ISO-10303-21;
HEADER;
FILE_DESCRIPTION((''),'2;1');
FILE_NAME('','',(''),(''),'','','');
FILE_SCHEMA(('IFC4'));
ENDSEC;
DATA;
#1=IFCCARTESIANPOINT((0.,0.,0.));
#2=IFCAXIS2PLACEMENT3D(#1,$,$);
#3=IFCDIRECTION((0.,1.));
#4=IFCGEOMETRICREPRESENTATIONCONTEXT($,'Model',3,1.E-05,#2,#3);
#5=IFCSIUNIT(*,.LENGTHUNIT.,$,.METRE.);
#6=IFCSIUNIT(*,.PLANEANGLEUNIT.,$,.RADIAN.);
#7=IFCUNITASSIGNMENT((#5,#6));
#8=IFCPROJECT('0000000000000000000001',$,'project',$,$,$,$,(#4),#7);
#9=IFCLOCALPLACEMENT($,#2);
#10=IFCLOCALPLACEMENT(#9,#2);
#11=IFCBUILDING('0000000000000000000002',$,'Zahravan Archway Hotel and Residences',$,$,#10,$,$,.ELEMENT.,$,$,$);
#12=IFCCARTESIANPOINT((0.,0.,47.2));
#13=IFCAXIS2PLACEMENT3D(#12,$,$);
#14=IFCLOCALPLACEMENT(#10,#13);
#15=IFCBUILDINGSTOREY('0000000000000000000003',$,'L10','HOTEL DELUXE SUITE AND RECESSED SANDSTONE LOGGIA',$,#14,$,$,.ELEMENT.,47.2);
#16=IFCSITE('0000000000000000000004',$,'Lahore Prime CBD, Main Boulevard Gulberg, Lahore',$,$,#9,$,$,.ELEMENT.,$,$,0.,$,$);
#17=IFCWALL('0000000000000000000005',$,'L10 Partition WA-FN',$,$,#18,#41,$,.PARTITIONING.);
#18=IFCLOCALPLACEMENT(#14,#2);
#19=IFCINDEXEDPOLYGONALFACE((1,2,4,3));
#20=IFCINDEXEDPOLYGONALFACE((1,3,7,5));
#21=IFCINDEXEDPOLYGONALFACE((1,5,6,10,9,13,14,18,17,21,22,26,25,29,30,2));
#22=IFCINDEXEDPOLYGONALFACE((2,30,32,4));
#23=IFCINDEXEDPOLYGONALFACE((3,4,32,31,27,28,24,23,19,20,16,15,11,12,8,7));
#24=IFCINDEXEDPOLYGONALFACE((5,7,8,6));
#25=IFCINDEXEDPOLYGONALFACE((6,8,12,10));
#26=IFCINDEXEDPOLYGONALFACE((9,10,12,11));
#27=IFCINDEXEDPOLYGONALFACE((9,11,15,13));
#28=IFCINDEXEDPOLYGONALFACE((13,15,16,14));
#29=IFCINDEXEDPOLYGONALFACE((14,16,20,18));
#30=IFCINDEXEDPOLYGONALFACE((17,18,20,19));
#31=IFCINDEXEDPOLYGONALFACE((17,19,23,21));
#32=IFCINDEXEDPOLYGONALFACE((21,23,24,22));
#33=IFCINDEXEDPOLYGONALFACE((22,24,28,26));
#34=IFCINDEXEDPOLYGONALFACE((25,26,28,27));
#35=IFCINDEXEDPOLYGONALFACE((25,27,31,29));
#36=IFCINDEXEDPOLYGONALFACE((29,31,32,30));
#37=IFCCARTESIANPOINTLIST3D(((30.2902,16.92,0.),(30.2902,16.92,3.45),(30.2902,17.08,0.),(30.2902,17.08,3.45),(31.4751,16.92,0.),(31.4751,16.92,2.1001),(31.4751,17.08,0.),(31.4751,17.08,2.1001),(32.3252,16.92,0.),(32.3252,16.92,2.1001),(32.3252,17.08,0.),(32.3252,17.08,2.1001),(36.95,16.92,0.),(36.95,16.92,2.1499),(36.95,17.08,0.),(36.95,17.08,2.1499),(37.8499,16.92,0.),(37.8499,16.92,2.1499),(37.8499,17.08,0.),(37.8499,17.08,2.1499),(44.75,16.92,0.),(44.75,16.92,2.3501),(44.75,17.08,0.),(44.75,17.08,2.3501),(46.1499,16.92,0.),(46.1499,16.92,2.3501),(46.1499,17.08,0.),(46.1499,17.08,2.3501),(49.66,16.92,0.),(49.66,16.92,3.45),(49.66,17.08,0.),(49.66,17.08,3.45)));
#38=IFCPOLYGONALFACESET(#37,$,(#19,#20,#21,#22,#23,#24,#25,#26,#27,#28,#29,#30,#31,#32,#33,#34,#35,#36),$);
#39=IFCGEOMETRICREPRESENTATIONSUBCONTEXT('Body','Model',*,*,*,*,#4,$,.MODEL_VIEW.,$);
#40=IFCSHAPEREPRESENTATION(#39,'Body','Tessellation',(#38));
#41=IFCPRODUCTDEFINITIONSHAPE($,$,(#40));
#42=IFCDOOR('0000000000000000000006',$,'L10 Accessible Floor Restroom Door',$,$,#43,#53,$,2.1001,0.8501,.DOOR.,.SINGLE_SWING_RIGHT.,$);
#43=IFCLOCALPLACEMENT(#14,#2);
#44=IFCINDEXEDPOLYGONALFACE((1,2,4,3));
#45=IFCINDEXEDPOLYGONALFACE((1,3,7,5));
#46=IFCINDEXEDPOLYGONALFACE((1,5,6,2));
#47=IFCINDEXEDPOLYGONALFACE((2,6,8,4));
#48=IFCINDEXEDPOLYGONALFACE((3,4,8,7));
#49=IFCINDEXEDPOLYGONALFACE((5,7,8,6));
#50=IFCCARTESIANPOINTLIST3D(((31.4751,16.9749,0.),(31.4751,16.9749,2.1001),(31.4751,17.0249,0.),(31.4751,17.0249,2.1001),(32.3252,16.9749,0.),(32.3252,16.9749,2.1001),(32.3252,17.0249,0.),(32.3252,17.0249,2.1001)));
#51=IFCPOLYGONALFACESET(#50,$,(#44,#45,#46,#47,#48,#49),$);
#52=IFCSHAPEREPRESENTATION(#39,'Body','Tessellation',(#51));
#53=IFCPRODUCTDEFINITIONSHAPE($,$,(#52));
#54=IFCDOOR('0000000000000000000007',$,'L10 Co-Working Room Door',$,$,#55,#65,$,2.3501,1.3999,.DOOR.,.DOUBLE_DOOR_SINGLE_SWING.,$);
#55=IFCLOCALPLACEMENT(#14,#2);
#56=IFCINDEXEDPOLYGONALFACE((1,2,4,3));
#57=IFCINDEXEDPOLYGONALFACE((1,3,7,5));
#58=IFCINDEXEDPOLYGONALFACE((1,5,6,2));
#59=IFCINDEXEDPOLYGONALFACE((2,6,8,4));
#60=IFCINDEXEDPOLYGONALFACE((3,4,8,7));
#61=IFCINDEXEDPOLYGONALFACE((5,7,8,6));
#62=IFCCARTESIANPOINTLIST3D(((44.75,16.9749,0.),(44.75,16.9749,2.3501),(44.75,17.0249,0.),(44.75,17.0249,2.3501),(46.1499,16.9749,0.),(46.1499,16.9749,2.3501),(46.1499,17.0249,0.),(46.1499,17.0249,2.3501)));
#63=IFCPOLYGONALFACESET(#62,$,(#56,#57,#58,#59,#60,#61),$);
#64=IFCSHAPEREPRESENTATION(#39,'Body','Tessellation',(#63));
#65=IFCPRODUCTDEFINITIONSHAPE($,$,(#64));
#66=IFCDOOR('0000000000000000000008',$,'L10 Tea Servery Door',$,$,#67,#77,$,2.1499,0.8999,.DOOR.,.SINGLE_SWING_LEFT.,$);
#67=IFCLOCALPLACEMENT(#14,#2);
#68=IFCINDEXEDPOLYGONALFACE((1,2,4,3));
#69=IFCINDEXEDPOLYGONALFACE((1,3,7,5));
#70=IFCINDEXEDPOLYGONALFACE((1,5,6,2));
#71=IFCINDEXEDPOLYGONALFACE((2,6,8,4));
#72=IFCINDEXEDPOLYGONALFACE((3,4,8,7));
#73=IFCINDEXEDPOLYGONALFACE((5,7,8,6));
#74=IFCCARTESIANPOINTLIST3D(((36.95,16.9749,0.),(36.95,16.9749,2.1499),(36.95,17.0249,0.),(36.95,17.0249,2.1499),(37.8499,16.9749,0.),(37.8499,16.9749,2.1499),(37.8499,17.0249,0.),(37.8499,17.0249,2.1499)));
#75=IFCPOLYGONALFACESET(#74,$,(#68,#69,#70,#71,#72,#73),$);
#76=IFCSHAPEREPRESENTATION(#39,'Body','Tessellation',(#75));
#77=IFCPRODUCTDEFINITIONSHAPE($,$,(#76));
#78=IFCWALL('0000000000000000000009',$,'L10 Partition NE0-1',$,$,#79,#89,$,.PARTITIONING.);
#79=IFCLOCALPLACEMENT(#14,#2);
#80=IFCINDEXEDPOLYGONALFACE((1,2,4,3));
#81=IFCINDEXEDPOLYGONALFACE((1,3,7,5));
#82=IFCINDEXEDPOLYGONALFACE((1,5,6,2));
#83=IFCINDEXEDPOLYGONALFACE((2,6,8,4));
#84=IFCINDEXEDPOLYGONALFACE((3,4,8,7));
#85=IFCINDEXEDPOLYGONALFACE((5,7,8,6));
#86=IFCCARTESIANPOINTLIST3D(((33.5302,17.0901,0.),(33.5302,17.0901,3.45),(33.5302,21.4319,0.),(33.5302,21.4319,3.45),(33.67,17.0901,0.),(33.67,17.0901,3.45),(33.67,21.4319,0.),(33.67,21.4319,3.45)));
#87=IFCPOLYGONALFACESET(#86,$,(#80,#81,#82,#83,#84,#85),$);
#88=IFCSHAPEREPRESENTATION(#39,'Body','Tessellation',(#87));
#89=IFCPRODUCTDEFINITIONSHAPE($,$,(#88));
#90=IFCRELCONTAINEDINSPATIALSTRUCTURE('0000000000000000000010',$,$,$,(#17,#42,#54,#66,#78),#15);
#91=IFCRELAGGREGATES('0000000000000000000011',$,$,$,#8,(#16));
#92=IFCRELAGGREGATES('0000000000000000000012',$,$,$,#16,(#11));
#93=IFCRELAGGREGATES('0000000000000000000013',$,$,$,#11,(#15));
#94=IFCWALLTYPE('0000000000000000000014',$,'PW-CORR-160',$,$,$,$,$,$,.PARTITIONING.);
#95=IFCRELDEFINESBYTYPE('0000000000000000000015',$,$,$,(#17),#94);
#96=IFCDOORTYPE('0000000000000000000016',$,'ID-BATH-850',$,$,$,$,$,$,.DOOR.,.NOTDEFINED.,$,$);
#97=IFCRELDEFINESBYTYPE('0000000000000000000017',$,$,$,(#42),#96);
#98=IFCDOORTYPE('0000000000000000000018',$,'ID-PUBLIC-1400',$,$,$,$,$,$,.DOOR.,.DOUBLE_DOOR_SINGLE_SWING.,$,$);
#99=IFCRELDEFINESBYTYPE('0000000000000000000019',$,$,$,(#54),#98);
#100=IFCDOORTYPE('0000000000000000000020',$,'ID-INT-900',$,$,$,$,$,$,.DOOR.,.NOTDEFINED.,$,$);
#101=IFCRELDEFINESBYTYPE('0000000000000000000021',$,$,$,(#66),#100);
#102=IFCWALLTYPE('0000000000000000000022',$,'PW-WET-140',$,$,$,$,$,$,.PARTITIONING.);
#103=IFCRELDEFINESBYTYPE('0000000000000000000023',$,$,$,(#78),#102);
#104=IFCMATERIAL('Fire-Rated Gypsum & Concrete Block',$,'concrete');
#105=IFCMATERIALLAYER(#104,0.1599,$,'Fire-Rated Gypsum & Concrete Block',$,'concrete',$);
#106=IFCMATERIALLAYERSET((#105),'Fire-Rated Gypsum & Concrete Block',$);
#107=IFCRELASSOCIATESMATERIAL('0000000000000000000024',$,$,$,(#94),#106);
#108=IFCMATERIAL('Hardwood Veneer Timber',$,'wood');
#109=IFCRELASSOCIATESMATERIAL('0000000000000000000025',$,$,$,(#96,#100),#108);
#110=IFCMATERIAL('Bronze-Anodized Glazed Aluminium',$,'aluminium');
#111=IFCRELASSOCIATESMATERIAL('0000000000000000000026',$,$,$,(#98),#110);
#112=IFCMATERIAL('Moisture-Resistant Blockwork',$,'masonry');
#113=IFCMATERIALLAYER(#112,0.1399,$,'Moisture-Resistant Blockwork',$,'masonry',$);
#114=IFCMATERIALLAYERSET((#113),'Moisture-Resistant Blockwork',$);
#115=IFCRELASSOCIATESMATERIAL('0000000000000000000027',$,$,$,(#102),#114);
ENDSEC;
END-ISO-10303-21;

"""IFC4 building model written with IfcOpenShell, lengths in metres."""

from ifc_helpers import new_model, si_unit, direction, frame, frame_2d, origin, place, context, subcontext, project, spatial, rectangle, extrude, source, transform, mapped, material, layer, layer_set, type_object, type_shapes, element, fill, save


model = new_model("IFC4")

# Units and contexts
model_context = context("Model", 3, precision=1e-05, world=origin(), true_north=direction((0.0, 1.0)))
body_context = subcontext(model_context, "Body", "Model", "MODEL_VIEW")
ifc_project = project(units=[si_unit("LENGTHUNIT", "METRE"), si_unit("PLANEANGLEUNIT", "RADIAN")], contexts=[model_context])

# Site, building, storey
site_placement = place(None, origin())
site = spatial("IfcSite", under=ifc_project, at=site_placement, Name="Lahore Prime CBD, Main Boulevard Gulberg, Lahore", CompositionType="ELEMENT", RefElevation=0.0)
building_placement = place(site_placement, origin())
building = spatial("IfcBuilding", under=site, at=building_placement, Name="Zahravan Archway Hotel and Residences", CompositionType="ELEMENT")
storey_placement = place(building_placement, frame((0.0, 0.0, 47.2)))
storey = spatial("IfcBuildingStorey", under=building, at=storey_placement, Name="L10", Description="HOTEL DELUXE SUITE AND RECESSED SANDSTONE LOGGIA", CompositionType="ELEMENT", Elevation=47.2)

# Shared definitions
ifc_material_1 = material(Name="Bronze-Anodized Glazed Aluminium", Category="aluminium")

# Wall, openings, doors
ifc_material_2 = material(Name="Fire-Rated Gypsum & Concrete Block", Category="concrete")
ifc_layer_1 = layer(ifc_material_2, 0.1599, Name="Fire-Rated Gypsum & Concrete Block", Category="concrete")
ifc_layer_set_1 = layer_set([ifc_layer_1], Name="Fire-Rated Gypsum & Concrete Block")
wall_type_1 = type_object("IfcWallType", Name="PW-CORR-160", PredefinedType="PARTITIONING", material=ifc_layer_set_1)
wall_1_placement = place(storey_placement, frame((30.29, 17.0, 0.0), z_axis=(0.0, 0.0, 1.0), x_axis=(1.0, 0.0, 0.0)))
wall_1 = element("IfcWall", 1, at=wall_1_placement, inside=storey, type_object=wall_type_1, Name="L10 Partition WA-FN", PredefinedType="PARTITIONING", context=body_context, shape_type="SweptSolid", body=[
    extrude(rectangle(XDim=19.3699, YDim=0.1599, at=frame_2d((9.6851, 0.0))), origin(), (0.0, 0.0, 1.0), 3.45),
])
opening_1_placement = place(wall_1_placement, frame((1.1851, 0.0, 0.0)))
opening_1 = element("IfcOpeningElement", 2, at=opening_1_placement, cuts=wall_1, PredefinedType="OPENING", context=body_context, shape_type="SweptSolid", body=[
    extrude(rectangle(XDim=0.8501, YDim=2.1001, at=frame_2d((0.425, 1.05))), frame((0.0, 0.0898, 0.0), z_axis=(0.0, -1.0, 0.0), x_axis=(1.0, 0.0, 0.0)), (0.0, 0.0, 1.0), 0.1799),
])
opening_2_placement = place(wall_1_placement, frame((6.6599, 0.0, 0.0)))
opening_2 = element("IfcOpeningElement", 3, at=opening_2_placement, cuts=wall_1, PredefinedType="OPENING", context=body_context, shape_type="SweptSolid", body=[
    extrude(rectangle(XDim=0.8999, YDim=2.1499, at=frame_2d((0.45, 1.075))), frame((0.0, 0.0898, 0.0), z_axis=(0.0, -1.0, 0.0), x_axis=(1.0, 0.0, 0.0)), (0.0, 0.0, 1.0), 0.1799),
])
opening_3_placement = place(wall_1_placement, frame((14.46, 0.0, 0.0)))
opening_3 = element("IfcOpeningElement", 4, at=opening_3_placement, cuts=wall_1, PredefinedType="OPENING", context=body_context, shape_type="SweptSolid", body=[
    extrude(rectangle(XDim=1.3999, YDim=2.3501, at=frame_2d((0.7, 1.175))), frame((0.0, 0.0898, 0.0), z_axis=(0.0, -1.0, 0.0), x_axis=(1.0, 0.0, 0.0)), (0.0, 0.0, 1.0), 0.1799),
])
ifc_material_3 = material(Name="Hardwood Veneer Timber", Category="wood")
door_type_1 = type_object("IfcDoorType", Name="ID-BATH-850", OperationType="NOTDEFINED", PredefinedType="DOOR", material=ifc_material_3)
shared_shape_1 = source(origin(), body_context, "Body", "SweptSolid", [
    extrude(rectangle(XDim=0.8501, YDim=2.1001, at=frame_2d((0.425, 1.05))), frame((0.0, 0.0249, 0.0), z_axis=(0.0, -1.0, 0.0), x_axis=(1.0, 0.0, 0.0)), (0.0, 0.0, 1.0), 0.05),
])
type_shapes(door_type_1, [shared_shape_1])
door_1_placement = place(opening_1_placement, origin())
door_1 = element("IfcDoor", 5, at=door_1_placement, inside=storey, type_object=door_type_1, Name="L10 Accessible Floor Restroom Door", OperationType="SINGLE_SWING_RIGHT", OverallHeight=2.1001, OverallWidth=0.8501, PredefinedType="DOOR", context=body_context, shape_type="MappedRepresentation", body=[
    mapped(shared_shape_1, transform((0.0, 0.0, 0.0), scale=1.0)),
])
fill(opening_1, door_1)
door_type_2 = type_object("IfcDoorType", Name="ID-PUBLIC-1400", OperationType="DOUBLE_DOOR_SINGLE_SWING", PredefinedType="DOOR", material=ifc_material_1)
shared_shape_2 = source(origin(), body_context, "Body", "SweptSolid", [
    extrude(rectangle(XDim=1.3999, YDim=2.3501, at=frame_2d((0.7, 1.175))), frame((0.0, 0.0249, 0.0), z_axis=(0.0, -1.0, 0.0), x_axis=(1.0, 0.0, 0.0)), (0.0, 0.0, 1.0), 0.05),
])
type_shapes(door_type_2, [shared_shape_2])
door_2_placement = place(opening_3_placement, origin())
door_2 = element("IfcDoor", 6, at=door_2_placement, inside=storey, type_object=door_type_2, Name="L10 Co-Working Room Door", OperationType="DOUBLE_DOOR_SINGLE_SWING", OverallHeight=2.3501, OverallWidth=1.3999, PredefinedType="DOOR", context=body_context, shape_type="MappedRepresentation", body=[
    mapped(shared_shape_2, transform((0.0, 0.0, 0.0), scale=1.0)),
])
fill(opening_3, door_2)
door_type_3 = type_object("IfcDoorType", Name="ID-INT-900", OperationType="NOTDEFINED", PredefinedType="DOOR", material=ifc_material_3)
shared_shape_3 = source(origin(), body_context, "Body", "SweptSolid", [
    extrude(rectangle(XDim=0.8999, YDim=2.1499, at=frame_2d((0.45, 1.075))), frame((0.0, 0.0249, 0.0), z_axis=(0.0, -1.0, 0.0), x_axis=(1.0, 0.0, 0.0)), (0.0, 0.0, 1.0), 0.05),
])
type_shapes(door_type_3, [shared_shape_3])
door_3_placement = place(opening_2_placement, origin())
door_3 = element("IfcDoor", 7, at=door_3_placement, inside=storey, type_object=door_type_3, Name="L10 Tea Servery Door", OperationType="SINGLE_SWING_LEFT", OverallHeight=2.1499, OverallWidth=0.8999, PredefinedType="DOOR", context=body_context, shape_type="MappedRepresentation", body=[
    mapped(shared_shape_3, transform((0.0, 0.0, 0.0), scale=1.0)),
])
fill(opening_2, door_3)

# Wall
ifc_material_4 = material(Name="Moisture-Resistant Blockwork", Category="masonry")
ifc_layer_2 = layer(ifc_material_4, 0.1399, Name="Moisture-Resistant Blockwork", Category="masonry")
ifc_layer_set_2 = layer_set([ifc_layer_2], Name="Moisture-Resistant Blockwork")
wall_type_2 = type_object("IfcWallType", Name="PW-WET-140", PredefinedType="PARTITIONING", material=ifc_layer_set_2)
wall_2_placement = place(storey_placement, frame((33.6001, 17.0901, 0.0), z_axis=(0.0, 0.0, 1.0), x_axis=(0.0, 1.0, 0.0)))
element("IfcWall", 8, at=wall_2_placement, inside=storey, type_object=wall_type_2, Name="L10 Partition NE0-1", PredefinedType="PARTITIONING", context=body_context, shape_type="SweptSolid", body=[
    extrude(rectangle(XDim=4.3418, YDim=0.1399, at=frame_2d((2.1709, 0.0))), origin(), (0.0, 0.0, 1.0), 3.45),
])

save(model, "model.ifc")
